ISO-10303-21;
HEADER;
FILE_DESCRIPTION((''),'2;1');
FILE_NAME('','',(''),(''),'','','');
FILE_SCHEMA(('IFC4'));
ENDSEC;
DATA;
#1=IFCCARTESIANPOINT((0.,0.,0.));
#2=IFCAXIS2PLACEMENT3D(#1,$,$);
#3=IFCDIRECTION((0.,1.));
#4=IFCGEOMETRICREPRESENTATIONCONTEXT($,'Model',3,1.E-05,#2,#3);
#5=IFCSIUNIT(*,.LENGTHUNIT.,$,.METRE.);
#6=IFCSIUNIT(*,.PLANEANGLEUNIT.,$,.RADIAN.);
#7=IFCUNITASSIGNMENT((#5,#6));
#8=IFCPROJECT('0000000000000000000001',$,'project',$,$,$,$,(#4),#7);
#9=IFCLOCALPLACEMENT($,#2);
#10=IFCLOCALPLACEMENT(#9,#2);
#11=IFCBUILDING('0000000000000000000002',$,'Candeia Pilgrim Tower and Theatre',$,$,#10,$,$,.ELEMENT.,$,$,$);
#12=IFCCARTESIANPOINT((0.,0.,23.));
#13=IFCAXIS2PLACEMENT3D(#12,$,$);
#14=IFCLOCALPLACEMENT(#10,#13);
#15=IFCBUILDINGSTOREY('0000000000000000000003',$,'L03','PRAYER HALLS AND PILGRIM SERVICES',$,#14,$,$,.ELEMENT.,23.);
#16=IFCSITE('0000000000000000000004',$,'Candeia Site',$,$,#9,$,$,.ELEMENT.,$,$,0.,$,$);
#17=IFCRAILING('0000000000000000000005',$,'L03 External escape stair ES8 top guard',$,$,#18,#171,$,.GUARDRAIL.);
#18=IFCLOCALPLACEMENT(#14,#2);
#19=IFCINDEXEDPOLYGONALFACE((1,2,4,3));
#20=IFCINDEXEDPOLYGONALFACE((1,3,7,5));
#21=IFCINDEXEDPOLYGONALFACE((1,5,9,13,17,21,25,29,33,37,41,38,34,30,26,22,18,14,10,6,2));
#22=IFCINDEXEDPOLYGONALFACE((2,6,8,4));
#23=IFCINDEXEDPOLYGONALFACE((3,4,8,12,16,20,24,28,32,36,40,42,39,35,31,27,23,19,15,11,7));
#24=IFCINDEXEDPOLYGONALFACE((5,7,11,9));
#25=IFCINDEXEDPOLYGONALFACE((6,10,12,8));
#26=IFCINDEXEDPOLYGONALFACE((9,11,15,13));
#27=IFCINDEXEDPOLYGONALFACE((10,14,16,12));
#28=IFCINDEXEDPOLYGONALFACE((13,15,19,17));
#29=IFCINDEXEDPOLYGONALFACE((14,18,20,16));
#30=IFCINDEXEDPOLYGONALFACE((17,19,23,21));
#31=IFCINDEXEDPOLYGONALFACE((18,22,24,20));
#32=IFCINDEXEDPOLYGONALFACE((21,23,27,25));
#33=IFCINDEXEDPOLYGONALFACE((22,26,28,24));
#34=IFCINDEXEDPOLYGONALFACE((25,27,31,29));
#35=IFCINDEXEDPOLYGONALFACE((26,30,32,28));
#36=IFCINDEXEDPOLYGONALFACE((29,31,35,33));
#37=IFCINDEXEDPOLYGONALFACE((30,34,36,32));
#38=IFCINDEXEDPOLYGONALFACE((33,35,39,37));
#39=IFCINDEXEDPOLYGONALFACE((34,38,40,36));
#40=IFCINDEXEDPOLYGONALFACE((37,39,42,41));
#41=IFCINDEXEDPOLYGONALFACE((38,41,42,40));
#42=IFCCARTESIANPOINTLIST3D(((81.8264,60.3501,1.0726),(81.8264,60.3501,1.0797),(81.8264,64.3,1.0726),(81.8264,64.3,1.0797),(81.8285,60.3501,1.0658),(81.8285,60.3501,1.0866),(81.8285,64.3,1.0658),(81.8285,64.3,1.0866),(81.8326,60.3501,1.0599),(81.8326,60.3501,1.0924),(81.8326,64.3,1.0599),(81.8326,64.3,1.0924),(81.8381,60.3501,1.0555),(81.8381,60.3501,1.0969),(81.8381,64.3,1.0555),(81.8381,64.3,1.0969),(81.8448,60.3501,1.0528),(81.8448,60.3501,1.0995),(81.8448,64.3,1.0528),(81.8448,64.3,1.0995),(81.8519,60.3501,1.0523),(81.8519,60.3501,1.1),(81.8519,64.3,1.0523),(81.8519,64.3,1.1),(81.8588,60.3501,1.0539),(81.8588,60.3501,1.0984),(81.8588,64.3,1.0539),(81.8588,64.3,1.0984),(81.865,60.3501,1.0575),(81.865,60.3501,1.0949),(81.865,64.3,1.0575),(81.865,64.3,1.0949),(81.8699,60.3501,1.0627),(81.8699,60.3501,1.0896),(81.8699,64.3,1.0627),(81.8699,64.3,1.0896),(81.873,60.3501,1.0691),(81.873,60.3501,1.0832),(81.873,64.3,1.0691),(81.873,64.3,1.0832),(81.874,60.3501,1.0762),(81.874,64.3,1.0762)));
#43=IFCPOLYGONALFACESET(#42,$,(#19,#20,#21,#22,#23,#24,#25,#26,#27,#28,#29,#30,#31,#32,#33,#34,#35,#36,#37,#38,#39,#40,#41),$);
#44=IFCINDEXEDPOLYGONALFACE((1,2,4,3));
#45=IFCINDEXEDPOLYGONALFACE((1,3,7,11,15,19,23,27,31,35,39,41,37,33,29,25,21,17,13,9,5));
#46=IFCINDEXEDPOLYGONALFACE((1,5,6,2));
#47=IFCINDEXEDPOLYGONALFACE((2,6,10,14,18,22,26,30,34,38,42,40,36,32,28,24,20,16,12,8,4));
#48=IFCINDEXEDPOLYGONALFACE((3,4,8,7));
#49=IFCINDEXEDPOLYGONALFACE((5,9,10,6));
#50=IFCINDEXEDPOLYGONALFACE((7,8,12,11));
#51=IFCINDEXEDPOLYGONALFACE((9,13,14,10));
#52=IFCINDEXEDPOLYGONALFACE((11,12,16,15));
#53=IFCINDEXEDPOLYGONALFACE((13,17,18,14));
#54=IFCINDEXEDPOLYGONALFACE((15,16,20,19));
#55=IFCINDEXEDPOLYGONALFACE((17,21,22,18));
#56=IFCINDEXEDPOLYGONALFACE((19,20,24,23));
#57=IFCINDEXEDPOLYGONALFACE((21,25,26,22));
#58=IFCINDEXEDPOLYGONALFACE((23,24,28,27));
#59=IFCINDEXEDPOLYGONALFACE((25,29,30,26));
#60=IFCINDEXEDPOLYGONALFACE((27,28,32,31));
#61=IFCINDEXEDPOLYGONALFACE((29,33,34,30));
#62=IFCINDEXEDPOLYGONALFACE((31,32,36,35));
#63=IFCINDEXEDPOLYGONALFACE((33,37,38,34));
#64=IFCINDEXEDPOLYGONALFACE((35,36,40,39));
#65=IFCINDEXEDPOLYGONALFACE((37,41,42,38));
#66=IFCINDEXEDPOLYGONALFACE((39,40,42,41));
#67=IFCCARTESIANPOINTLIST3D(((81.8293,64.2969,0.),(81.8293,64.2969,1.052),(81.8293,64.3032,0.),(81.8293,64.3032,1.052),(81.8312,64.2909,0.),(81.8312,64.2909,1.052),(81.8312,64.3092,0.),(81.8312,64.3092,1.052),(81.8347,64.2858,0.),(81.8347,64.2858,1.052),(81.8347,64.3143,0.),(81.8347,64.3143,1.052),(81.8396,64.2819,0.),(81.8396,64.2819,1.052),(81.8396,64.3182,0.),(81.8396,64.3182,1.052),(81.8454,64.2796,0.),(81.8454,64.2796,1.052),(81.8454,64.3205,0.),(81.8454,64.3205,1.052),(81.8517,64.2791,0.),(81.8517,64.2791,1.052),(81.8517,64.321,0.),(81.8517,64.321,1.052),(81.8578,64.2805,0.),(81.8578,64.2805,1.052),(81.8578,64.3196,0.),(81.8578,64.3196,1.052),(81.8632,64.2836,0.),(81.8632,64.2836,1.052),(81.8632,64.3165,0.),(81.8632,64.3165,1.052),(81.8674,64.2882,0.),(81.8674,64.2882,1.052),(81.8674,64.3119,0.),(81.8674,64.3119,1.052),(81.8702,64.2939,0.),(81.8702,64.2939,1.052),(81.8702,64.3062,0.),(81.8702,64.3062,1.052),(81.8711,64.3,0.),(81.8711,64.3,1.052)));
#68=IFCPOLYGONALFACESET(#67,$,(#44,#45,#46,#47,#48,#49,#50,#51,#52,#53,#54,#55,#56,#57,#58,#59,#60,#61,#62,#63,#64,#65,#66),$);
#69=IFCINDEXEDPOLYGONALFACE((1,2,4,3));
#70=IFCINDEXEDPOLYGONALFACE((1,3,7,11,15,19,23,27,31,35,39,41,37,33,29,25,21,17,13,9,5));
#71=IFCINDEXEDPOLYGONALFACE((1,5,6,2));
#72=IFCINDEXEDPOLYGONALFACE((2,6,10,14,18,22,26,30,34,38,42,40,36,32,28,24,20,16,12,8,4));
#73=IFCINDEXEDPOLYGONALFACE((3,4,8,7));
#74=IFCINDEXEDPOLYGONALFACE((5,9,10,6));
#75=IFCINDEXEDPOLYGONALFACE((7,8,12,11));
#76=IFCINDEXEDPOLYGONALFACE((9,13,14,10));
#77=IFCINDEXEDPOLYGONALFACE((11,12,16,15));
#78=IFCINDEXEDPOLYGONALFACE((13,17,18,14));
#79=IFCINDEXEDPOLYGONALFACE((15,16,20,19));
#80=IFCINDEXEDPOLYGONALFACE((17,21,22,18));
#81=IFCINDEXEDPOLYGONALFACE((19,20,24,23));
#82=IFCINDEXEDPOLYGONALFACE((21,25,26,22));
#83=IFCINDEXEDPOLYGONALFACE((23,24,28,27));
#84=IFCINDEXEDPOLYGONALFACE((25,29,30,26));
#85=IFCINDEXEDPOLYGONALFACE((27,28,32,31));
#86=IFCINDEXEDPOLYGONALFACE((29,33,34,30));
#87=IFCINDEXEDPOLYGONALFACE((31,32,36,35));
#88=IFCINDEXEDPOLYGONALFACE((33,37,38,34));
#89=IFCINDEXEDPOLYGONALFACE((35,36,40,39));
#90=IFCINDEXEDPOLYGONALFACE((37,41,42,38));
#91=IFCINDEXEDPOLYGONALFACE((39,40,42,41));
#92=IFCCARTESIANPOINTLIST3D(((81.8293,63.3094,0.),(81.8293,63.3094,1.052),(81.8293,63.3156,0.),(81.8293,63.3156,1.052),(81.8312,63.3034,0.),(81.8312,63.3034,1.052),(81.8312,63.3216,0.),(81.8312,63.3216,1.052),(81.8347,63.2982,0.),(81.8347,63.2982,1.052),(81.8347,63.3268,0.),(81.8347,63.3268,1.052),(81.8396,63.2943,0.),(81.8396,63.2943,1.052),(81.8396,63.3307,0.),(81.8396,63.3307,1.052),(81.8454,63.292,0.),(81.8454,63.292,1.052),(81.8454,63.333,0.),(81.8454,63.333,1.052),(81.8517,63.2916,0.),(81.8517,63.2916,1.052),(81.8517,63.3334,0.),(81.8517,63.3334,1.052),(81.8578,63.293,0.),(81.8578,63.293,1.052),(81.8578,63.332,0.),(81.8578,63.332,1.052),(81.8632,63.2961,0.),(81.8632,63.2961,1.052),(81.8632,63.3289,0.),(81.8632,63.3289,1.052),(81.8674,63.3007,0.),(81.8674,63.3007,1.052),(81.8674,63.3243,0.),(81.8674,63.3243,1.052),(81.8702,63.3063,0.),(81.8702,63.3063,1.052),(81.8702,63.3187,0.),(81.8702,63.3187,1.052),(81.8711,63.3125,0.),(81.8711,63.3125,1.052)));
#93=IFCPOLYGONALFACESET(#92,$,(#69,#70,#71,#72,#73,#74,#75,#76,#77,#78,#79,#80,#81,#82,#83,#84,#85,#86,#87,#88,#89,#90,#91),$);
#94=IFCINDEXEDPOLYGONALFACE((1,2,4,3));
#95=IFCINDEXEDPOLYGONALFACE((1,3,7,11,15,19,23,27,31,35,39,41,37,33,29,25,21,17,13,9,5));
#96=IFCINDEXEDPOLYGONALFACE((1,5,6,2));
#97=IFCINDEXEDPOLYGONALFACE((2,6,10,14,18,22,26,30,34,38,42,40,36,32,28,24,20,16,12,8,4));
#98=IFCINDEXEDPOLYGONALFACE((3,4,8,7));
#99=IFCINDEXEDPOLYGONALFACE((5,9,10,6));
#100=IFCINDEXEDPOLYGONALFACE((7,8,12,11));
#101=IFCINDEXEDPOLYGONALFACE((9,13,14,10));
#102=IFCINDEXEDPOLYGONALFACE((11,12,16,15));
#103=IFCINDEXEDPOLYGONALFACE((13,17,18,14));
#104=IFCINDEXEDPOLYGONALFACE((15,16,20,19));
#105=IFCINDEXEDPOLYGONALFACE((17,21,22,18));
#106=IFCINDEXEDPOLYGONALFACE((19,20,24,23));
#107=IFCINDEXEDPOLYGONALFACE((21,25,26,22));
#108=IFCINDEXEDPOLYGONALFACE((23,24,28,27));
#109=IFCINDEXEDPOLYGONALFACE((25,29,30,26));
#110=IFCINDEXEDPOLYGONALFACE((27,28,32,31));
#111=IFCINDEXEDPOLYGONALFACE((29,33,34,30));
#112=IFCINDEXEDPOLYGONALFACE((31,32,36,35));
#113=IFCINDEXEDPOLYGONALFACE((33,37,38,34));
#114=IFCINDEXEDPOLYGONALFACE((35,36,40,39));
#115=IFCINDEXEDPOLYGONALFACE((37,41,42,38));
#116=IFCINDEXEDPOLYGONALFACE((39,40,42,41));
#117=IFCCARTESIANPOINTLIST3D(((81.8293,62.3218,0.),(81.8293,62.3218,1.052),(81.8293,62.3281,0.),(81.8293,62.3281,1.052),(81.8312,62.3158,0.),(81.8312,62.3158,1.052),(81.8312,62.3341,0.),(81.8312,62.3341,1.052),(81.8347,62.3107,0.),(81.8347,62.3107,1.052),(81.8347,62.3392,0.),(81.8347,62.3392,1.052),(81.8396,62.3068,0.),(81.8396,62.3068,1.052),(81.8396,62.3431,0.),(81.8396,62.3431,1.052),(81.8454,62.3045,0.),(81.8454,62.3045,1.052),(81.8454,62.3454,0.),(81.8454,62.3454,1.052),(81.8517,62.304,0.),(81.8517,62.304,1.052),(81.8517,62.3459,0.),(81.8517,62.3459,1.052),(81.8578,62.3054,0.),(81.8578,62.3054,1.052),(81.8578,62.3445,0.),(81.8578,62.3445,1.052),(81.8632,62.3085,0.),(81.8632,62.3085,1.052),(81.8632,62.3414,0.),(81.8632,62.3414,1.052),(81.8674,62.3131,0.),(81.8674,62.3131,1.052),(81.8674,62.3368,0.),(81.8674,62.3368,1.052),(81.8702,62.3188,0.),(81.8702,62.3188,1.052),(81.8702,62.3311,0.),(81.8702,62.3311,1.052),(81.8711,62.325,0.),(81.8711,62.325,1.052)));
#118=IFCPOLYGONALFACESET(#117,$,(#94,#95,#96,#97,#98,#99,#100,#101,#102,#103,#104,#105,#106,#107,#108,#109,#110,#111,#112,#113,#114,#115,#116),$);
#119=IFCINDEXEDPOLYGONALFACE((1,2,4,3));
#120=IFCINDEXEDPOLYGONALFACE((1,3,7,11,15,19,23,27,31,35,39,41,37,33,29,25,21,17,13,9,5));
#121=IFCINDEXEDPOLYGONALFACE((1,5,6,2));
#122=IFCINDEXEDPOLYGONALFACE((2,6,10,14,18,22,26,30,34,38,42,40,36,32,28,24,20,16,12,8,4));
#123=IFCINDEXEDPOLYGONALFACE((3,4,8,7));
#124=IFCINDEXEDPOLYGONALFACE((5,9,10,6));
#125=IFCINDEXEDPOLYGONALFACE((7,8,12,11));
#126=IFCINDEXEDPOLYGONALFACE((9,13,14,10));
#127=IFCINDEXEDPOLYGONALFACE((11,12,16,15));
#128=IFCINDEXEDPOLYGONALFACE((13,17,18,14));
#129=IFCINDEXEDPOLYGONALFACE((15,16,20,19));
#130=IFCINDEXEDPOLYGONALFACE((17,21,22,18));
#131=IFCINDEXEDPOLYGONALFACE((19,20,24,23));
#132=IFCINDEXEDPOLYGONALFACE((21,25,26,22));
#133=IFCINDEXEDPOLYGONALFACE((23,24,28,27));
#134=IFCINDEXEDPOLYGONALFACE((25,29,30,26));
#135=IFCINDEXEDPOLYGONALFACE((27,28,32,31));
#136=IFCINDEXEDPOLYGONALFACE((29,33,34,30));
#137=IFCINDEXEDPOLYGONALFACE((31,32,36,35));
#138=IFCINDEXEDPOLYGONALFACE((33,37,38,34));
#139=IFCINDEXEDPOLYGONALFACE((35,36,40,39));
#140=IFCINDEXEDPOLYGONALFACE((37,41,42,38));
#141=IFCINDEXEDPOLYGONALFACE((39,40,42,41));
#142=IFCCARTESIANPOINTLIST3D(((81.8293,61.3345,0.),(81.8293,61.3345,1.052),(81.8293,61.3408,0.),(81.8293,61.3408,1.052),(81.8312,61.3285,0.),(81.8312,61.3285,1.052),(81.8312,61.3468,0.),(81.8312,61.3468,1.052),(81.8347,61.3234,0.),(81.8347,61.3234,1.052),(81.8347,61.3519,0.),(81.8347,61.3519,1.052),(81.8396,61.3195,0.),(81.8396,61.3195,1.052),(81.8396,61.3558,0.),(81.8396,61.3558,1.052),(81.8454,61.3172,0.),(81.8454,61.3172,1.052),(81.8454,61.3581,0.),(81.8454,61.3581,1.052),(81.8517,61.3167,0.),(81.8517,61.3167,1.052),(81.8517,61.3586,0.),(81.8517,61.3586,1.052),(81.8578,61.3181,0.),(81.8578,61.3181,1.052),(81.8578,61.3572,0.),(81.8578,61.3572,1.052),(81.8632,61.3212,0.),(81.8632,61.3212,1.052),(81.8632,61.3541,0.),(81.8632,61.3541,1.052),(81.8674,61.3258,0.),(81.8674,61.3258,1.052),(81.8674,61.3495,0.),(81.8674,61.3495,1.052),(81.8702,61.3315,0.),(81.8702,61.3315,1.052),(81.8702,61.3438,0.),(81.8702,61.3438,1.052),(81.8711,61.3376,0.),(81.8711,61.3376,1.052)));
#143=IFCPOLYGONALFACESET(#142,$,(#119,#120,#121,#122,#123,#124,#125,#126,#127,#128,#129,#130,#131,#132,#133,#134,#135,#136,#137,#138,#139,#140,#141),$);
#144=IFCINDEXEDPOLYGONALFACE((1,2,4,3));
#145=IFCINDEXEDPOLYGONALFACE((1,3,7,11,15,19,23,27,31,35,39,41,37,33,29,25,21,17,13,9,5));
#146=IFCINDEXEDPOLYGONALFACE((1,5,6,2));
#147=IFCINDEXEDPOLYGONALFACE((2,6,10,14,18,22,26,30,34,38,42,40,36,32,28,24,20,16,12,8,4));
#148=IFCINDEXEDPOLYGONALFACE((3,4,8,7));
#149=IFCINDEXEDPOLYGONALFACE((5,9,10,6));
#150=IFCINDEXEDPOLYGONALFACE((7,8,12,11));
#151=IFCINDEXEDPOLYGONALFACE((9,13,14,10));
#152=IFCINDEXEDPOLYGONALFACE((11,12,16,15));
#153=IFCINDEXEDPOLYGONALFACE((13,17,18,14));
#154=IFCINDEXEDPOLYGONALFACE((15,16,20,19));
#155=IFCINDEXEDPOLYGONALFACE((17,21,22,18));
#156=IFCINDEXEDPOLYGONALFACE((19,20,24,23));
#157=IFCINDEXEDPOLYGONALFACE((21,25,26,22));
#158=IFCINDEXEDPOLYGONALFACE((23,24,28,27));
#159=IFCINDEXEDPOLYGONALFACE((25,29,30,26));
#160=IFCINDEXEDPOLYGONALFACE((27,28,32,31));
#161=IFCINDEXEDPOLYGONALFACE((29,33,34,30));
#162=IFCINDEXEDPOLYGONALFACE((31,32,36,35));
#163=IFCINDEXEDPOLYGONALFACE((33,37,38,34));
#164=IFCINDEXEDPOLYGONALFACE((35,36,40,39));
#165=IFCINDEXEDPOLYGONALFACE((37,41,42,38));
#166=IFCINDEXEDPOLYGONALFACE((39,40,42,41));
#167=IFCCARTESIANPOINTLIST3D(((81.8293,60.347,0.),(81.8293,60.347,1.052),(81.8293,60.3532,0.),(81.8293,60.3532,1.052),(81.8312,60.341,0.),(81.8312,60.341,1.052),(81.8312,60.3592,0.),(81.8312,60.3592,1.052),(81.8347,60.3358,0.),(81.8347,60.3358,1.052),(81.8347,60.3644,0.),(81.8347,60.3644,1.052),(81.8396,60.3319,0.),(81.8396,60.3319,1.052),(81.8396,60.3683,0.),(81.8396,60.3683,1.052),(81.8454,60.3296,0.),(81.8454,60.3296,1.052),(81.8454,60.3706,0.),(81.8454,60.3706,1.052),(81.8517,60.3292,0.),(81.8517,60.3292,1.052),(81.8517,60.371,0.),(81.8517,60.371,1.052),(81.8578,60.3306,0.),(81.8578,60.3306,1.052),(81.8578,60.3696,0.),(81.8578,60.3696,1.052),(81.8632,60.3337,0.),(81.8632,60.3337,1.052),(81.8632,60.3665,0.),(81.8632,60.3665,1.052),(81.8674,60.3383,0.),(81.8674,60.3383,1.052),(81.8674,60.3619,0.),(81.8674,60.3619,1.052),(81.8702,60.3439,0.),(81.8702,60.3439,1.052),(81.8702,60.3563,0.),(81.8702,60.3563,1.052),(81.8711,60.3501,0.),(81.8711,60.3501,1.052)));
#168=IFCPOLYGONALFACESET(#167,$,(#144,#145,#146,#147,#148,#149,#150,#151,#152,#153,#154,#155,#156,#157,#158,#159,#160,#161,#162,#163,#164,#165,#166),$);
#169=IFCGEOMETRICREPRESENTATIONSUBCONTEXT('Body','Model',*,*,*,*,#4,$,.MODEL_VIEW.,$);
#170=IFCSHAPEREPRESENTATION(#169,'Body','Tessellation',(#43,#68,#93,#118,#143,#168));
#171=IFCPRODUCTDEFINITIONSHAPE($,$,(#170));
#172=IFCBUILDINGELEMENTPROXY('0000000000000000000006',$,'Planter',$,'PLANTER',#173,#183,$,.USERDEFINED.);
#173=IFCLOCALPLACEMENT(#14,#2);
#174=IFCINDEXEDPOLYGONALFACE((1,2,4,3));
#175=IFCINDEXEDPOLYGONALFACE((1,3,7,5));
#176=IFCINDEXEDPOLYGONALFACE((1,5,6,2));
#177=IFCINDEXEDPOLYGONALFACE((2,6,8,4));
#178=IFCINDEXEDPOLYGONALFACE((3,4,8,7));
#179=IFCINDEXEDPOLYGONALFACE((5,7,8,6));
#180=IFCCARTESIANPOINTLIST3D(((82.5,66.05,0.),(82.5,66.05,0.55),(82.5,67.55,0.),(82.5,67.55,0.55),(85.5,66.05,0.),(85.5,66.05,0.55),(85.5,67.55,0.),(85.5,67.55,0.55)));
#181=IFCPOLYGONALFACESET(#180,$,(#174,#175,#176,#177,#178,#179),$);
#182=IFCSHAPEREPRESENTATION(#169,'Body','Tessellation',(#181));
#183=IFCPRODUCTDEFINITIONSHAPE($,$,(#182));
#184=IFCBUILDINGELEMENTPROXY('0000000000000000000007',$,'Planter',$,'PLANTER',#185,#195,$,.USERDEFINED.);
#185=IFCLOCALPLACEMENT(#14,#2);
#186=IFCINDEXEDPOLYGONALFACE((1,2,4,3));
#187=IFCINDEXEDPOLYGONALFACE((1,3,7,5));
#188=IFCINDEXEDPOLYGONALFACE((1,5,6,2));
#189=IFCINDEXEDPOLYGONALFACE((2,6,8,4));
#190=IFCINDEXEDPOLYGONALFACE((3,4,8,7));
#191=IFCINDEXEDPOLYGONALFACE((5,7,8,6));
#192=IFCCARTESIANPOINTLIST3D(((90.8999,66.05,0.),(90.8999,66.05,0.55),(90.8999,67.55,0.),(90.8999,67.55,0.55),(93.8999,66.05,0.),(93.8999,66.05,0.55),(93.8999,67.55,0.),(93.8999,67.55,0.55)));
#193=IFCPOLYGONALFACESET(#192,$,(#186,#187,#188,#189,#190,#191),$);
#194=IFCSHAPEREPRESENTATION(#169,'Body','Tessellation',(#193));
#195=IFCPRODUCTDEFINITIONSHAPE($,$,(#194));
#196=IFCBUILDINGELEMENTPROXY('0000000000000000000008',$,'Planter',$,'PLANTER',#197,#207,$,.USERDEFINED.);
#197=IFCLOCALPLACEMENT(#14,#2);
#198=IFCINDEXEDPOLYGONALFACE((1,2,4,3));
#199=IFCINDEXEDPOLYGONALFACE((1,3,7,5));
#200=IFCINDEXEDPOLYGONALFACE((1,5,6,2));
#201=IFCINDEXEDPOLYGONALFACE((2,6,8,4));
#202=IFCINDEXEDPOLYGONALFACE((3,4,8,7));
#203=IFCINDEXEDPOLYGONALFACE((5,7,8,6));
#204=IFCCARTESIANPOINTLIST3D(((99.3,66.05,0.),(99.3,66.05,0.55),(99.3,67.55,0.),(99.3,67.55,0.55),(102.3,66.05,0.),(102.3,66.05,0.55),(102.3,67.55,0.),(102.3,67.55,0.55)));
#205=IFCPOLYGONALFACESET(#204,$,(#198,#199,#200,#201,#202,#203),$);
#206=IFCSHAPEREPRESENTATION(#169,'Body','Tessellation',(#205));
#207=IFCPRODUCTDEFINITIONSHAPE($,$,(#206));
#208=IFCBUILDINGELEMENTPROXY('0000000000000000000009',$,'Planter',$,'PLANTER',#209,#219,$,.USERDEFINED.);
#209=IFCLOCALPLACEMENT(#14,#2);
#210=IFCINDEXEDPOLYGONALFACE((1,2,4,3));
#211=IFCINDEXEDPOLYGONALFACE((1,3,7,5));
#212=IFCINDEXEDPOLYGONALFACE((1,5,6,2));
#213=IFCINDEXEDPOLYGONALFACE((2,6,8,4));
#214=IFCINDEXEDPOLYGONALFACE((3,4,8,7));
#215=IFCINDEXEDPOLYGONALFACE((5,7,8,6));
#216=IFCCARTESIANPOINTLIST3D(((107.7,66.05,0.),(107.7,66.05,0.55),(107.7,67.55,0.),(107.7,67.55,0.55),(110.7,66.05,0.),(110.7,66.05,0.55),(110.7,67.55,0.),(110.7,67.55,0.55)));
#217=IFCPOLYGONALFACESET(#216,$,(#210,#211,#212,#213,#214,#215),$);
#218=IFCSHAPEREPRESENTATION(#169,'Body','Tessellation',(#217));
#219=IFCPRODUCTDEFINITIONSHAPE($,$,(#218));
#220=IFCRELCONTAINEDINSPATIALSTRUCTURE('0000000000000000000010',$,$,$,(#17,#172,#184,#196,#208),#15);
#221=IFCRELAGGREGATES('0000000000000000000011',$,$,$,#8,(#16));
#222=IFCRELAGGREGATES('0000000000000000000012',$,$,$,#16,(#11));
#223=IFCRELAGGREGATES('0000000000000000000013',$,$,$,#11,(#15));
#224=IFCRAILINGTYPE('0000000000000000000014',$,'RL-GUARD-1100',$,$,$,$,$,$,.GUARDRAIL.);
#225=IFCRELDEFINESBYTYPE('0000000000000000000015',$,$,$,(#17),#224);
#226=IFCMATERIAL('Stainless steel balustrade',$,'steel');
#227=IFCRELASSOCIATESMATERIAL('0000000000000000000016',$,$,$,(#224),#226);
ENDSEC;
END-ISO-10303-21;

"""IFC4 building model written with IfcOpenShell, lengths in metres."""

from ifc_helpers import new_model, si_unit, direction, frame, origin, origin_2d, place, context, subcontext, project, spatial, rectangle, circle, extrude, material, type_object, element, save


model = new_model("IFC4")

# Units and contexts
model_context = context("Model", 3, precision=1e-05, world=origin(), true_north=direction((0.0, 1.0)))
body_context = subcontext(model_context, "Body", "Model", "MODEL_VIEW")
ifc_project = project(units=[si_unit("LENGTHUNIT", "METRE"), si_unit("PLANEANGLEUNIT", "RADIAN")], contexts=[model_context])

# Site, building, storey
site_placement = place(None, origin())
site = spatial("IfcSite", under=ifc_project, at=site_placement, Name="Candeia Site", CompositionType="ELEMENT", RefElevation=0.0)
building_placement = place(site_placement, origin())
building = spatial("IfcBuilding", under=site, at=building_placement, Name="Candeia Pilgrim Tower and Theatre", CompositionType="ELEMENT")
storey_placement = place(building_placement, frame((0.0, 0.0, 23.0)))
storey = spatial("IfcBuildingStorey", under=building, at=storey_placement, Name="L03", Description="PRAYER HALLS AND PILGRIM SERVICES", CompositionType="ELEMENT", Elevation=23.0)

# Railing
ifc_material_1 = material(Name="Stainless steel balustrade", Category="steel")
railing_type = type_object("IfcRailingType", Name="RL-GUARD-1100", PredefinedType="GUARDRAIL", material=ifc_material_1)
railing_placement = place(storey_placement, frame((81.8501, 64.3, 0.0)))
element("IfcRailing", 1, at=railing_placement, inside=storey, type_object=railing_type, Name="L03 External escape stair ES8 top guard", PredefinedType="GUARDRAIL", context=body_context, shape_type="SweptSolid", body=[
    extrude(circle(Radius=0.0239, at=origin_2d()), frame((0.0, 0.0, 1.0762), z_axis=(0.0, -1.0, 0.0), x_axis=(1.0, 0.0, 0.0)), (0.0, 0.0, 1.0), 3.95),
    extrude(circle(Radius=0.021, at=origin_2d()), origin(), (0.0, 0.0, 1.0), 1.052),
    extrude(circle(Radius=0.021, at=origin_2d()), frame((0.0, -0.9875, 0.0)), (0.0, 0.0, 1.0), 1.052),
    extrude(circle(Radius=0.021, at=origin_2d()), frame((0.0, -1.9751, 0.0)), (0.0, 0.0, 1.0), 1.052),
    extrude(circle(Radius=0.021, at=origin_2d()), frame((0.0, -2.9624, 0.0)), (0.0, 0.0, 1.0), 1.052),
    extrude(circle(Radius=0.021, at=origin_2d()), frame((0.0, -3.95, 0.0)), (0.0, 0.0, 1.0), 1.052),
])

# Building element proxies
for number, where, z_axis, x_axis, name in (
    (2, (84.0, 66.8, 0.0), (0.0, 0.0, 1.0), (1.0, 0.0, 0.0), "Planter"),
    (3, (92.3999, 66.8, 0.0), (0.0, 0.0, 1.0), (1.0, 0.0, 0.0), "Planter"),
    (4, (100.8, 66.8, 0.0), (0.0, 0.0, 1.0), (1.0, 0.0, 0.0), "Planter"),
    (5, (109.2, 66.8, 0.0), (0.0, 0.0, 1.0), (1.0, 0.0, 0.0), "Planter"),
):
    element("IfcBuildingElementProxy", number, at=place(storey_placement, frame(where, z_axis=z_axis, x_axis=x_axis)), inside=storey, Name=name, ObjectType="PLANTER", PredefinedType="USERDEFINED", context=body_context, shape_type="SweptSolid", body=[
        extrude(rectangle(XDim=3.0, YDim=1.5, at=origin_2d()), origin(), (0.0, 0.0, 1.0), 0.55),
    ])

save(model, "model.ifc")
